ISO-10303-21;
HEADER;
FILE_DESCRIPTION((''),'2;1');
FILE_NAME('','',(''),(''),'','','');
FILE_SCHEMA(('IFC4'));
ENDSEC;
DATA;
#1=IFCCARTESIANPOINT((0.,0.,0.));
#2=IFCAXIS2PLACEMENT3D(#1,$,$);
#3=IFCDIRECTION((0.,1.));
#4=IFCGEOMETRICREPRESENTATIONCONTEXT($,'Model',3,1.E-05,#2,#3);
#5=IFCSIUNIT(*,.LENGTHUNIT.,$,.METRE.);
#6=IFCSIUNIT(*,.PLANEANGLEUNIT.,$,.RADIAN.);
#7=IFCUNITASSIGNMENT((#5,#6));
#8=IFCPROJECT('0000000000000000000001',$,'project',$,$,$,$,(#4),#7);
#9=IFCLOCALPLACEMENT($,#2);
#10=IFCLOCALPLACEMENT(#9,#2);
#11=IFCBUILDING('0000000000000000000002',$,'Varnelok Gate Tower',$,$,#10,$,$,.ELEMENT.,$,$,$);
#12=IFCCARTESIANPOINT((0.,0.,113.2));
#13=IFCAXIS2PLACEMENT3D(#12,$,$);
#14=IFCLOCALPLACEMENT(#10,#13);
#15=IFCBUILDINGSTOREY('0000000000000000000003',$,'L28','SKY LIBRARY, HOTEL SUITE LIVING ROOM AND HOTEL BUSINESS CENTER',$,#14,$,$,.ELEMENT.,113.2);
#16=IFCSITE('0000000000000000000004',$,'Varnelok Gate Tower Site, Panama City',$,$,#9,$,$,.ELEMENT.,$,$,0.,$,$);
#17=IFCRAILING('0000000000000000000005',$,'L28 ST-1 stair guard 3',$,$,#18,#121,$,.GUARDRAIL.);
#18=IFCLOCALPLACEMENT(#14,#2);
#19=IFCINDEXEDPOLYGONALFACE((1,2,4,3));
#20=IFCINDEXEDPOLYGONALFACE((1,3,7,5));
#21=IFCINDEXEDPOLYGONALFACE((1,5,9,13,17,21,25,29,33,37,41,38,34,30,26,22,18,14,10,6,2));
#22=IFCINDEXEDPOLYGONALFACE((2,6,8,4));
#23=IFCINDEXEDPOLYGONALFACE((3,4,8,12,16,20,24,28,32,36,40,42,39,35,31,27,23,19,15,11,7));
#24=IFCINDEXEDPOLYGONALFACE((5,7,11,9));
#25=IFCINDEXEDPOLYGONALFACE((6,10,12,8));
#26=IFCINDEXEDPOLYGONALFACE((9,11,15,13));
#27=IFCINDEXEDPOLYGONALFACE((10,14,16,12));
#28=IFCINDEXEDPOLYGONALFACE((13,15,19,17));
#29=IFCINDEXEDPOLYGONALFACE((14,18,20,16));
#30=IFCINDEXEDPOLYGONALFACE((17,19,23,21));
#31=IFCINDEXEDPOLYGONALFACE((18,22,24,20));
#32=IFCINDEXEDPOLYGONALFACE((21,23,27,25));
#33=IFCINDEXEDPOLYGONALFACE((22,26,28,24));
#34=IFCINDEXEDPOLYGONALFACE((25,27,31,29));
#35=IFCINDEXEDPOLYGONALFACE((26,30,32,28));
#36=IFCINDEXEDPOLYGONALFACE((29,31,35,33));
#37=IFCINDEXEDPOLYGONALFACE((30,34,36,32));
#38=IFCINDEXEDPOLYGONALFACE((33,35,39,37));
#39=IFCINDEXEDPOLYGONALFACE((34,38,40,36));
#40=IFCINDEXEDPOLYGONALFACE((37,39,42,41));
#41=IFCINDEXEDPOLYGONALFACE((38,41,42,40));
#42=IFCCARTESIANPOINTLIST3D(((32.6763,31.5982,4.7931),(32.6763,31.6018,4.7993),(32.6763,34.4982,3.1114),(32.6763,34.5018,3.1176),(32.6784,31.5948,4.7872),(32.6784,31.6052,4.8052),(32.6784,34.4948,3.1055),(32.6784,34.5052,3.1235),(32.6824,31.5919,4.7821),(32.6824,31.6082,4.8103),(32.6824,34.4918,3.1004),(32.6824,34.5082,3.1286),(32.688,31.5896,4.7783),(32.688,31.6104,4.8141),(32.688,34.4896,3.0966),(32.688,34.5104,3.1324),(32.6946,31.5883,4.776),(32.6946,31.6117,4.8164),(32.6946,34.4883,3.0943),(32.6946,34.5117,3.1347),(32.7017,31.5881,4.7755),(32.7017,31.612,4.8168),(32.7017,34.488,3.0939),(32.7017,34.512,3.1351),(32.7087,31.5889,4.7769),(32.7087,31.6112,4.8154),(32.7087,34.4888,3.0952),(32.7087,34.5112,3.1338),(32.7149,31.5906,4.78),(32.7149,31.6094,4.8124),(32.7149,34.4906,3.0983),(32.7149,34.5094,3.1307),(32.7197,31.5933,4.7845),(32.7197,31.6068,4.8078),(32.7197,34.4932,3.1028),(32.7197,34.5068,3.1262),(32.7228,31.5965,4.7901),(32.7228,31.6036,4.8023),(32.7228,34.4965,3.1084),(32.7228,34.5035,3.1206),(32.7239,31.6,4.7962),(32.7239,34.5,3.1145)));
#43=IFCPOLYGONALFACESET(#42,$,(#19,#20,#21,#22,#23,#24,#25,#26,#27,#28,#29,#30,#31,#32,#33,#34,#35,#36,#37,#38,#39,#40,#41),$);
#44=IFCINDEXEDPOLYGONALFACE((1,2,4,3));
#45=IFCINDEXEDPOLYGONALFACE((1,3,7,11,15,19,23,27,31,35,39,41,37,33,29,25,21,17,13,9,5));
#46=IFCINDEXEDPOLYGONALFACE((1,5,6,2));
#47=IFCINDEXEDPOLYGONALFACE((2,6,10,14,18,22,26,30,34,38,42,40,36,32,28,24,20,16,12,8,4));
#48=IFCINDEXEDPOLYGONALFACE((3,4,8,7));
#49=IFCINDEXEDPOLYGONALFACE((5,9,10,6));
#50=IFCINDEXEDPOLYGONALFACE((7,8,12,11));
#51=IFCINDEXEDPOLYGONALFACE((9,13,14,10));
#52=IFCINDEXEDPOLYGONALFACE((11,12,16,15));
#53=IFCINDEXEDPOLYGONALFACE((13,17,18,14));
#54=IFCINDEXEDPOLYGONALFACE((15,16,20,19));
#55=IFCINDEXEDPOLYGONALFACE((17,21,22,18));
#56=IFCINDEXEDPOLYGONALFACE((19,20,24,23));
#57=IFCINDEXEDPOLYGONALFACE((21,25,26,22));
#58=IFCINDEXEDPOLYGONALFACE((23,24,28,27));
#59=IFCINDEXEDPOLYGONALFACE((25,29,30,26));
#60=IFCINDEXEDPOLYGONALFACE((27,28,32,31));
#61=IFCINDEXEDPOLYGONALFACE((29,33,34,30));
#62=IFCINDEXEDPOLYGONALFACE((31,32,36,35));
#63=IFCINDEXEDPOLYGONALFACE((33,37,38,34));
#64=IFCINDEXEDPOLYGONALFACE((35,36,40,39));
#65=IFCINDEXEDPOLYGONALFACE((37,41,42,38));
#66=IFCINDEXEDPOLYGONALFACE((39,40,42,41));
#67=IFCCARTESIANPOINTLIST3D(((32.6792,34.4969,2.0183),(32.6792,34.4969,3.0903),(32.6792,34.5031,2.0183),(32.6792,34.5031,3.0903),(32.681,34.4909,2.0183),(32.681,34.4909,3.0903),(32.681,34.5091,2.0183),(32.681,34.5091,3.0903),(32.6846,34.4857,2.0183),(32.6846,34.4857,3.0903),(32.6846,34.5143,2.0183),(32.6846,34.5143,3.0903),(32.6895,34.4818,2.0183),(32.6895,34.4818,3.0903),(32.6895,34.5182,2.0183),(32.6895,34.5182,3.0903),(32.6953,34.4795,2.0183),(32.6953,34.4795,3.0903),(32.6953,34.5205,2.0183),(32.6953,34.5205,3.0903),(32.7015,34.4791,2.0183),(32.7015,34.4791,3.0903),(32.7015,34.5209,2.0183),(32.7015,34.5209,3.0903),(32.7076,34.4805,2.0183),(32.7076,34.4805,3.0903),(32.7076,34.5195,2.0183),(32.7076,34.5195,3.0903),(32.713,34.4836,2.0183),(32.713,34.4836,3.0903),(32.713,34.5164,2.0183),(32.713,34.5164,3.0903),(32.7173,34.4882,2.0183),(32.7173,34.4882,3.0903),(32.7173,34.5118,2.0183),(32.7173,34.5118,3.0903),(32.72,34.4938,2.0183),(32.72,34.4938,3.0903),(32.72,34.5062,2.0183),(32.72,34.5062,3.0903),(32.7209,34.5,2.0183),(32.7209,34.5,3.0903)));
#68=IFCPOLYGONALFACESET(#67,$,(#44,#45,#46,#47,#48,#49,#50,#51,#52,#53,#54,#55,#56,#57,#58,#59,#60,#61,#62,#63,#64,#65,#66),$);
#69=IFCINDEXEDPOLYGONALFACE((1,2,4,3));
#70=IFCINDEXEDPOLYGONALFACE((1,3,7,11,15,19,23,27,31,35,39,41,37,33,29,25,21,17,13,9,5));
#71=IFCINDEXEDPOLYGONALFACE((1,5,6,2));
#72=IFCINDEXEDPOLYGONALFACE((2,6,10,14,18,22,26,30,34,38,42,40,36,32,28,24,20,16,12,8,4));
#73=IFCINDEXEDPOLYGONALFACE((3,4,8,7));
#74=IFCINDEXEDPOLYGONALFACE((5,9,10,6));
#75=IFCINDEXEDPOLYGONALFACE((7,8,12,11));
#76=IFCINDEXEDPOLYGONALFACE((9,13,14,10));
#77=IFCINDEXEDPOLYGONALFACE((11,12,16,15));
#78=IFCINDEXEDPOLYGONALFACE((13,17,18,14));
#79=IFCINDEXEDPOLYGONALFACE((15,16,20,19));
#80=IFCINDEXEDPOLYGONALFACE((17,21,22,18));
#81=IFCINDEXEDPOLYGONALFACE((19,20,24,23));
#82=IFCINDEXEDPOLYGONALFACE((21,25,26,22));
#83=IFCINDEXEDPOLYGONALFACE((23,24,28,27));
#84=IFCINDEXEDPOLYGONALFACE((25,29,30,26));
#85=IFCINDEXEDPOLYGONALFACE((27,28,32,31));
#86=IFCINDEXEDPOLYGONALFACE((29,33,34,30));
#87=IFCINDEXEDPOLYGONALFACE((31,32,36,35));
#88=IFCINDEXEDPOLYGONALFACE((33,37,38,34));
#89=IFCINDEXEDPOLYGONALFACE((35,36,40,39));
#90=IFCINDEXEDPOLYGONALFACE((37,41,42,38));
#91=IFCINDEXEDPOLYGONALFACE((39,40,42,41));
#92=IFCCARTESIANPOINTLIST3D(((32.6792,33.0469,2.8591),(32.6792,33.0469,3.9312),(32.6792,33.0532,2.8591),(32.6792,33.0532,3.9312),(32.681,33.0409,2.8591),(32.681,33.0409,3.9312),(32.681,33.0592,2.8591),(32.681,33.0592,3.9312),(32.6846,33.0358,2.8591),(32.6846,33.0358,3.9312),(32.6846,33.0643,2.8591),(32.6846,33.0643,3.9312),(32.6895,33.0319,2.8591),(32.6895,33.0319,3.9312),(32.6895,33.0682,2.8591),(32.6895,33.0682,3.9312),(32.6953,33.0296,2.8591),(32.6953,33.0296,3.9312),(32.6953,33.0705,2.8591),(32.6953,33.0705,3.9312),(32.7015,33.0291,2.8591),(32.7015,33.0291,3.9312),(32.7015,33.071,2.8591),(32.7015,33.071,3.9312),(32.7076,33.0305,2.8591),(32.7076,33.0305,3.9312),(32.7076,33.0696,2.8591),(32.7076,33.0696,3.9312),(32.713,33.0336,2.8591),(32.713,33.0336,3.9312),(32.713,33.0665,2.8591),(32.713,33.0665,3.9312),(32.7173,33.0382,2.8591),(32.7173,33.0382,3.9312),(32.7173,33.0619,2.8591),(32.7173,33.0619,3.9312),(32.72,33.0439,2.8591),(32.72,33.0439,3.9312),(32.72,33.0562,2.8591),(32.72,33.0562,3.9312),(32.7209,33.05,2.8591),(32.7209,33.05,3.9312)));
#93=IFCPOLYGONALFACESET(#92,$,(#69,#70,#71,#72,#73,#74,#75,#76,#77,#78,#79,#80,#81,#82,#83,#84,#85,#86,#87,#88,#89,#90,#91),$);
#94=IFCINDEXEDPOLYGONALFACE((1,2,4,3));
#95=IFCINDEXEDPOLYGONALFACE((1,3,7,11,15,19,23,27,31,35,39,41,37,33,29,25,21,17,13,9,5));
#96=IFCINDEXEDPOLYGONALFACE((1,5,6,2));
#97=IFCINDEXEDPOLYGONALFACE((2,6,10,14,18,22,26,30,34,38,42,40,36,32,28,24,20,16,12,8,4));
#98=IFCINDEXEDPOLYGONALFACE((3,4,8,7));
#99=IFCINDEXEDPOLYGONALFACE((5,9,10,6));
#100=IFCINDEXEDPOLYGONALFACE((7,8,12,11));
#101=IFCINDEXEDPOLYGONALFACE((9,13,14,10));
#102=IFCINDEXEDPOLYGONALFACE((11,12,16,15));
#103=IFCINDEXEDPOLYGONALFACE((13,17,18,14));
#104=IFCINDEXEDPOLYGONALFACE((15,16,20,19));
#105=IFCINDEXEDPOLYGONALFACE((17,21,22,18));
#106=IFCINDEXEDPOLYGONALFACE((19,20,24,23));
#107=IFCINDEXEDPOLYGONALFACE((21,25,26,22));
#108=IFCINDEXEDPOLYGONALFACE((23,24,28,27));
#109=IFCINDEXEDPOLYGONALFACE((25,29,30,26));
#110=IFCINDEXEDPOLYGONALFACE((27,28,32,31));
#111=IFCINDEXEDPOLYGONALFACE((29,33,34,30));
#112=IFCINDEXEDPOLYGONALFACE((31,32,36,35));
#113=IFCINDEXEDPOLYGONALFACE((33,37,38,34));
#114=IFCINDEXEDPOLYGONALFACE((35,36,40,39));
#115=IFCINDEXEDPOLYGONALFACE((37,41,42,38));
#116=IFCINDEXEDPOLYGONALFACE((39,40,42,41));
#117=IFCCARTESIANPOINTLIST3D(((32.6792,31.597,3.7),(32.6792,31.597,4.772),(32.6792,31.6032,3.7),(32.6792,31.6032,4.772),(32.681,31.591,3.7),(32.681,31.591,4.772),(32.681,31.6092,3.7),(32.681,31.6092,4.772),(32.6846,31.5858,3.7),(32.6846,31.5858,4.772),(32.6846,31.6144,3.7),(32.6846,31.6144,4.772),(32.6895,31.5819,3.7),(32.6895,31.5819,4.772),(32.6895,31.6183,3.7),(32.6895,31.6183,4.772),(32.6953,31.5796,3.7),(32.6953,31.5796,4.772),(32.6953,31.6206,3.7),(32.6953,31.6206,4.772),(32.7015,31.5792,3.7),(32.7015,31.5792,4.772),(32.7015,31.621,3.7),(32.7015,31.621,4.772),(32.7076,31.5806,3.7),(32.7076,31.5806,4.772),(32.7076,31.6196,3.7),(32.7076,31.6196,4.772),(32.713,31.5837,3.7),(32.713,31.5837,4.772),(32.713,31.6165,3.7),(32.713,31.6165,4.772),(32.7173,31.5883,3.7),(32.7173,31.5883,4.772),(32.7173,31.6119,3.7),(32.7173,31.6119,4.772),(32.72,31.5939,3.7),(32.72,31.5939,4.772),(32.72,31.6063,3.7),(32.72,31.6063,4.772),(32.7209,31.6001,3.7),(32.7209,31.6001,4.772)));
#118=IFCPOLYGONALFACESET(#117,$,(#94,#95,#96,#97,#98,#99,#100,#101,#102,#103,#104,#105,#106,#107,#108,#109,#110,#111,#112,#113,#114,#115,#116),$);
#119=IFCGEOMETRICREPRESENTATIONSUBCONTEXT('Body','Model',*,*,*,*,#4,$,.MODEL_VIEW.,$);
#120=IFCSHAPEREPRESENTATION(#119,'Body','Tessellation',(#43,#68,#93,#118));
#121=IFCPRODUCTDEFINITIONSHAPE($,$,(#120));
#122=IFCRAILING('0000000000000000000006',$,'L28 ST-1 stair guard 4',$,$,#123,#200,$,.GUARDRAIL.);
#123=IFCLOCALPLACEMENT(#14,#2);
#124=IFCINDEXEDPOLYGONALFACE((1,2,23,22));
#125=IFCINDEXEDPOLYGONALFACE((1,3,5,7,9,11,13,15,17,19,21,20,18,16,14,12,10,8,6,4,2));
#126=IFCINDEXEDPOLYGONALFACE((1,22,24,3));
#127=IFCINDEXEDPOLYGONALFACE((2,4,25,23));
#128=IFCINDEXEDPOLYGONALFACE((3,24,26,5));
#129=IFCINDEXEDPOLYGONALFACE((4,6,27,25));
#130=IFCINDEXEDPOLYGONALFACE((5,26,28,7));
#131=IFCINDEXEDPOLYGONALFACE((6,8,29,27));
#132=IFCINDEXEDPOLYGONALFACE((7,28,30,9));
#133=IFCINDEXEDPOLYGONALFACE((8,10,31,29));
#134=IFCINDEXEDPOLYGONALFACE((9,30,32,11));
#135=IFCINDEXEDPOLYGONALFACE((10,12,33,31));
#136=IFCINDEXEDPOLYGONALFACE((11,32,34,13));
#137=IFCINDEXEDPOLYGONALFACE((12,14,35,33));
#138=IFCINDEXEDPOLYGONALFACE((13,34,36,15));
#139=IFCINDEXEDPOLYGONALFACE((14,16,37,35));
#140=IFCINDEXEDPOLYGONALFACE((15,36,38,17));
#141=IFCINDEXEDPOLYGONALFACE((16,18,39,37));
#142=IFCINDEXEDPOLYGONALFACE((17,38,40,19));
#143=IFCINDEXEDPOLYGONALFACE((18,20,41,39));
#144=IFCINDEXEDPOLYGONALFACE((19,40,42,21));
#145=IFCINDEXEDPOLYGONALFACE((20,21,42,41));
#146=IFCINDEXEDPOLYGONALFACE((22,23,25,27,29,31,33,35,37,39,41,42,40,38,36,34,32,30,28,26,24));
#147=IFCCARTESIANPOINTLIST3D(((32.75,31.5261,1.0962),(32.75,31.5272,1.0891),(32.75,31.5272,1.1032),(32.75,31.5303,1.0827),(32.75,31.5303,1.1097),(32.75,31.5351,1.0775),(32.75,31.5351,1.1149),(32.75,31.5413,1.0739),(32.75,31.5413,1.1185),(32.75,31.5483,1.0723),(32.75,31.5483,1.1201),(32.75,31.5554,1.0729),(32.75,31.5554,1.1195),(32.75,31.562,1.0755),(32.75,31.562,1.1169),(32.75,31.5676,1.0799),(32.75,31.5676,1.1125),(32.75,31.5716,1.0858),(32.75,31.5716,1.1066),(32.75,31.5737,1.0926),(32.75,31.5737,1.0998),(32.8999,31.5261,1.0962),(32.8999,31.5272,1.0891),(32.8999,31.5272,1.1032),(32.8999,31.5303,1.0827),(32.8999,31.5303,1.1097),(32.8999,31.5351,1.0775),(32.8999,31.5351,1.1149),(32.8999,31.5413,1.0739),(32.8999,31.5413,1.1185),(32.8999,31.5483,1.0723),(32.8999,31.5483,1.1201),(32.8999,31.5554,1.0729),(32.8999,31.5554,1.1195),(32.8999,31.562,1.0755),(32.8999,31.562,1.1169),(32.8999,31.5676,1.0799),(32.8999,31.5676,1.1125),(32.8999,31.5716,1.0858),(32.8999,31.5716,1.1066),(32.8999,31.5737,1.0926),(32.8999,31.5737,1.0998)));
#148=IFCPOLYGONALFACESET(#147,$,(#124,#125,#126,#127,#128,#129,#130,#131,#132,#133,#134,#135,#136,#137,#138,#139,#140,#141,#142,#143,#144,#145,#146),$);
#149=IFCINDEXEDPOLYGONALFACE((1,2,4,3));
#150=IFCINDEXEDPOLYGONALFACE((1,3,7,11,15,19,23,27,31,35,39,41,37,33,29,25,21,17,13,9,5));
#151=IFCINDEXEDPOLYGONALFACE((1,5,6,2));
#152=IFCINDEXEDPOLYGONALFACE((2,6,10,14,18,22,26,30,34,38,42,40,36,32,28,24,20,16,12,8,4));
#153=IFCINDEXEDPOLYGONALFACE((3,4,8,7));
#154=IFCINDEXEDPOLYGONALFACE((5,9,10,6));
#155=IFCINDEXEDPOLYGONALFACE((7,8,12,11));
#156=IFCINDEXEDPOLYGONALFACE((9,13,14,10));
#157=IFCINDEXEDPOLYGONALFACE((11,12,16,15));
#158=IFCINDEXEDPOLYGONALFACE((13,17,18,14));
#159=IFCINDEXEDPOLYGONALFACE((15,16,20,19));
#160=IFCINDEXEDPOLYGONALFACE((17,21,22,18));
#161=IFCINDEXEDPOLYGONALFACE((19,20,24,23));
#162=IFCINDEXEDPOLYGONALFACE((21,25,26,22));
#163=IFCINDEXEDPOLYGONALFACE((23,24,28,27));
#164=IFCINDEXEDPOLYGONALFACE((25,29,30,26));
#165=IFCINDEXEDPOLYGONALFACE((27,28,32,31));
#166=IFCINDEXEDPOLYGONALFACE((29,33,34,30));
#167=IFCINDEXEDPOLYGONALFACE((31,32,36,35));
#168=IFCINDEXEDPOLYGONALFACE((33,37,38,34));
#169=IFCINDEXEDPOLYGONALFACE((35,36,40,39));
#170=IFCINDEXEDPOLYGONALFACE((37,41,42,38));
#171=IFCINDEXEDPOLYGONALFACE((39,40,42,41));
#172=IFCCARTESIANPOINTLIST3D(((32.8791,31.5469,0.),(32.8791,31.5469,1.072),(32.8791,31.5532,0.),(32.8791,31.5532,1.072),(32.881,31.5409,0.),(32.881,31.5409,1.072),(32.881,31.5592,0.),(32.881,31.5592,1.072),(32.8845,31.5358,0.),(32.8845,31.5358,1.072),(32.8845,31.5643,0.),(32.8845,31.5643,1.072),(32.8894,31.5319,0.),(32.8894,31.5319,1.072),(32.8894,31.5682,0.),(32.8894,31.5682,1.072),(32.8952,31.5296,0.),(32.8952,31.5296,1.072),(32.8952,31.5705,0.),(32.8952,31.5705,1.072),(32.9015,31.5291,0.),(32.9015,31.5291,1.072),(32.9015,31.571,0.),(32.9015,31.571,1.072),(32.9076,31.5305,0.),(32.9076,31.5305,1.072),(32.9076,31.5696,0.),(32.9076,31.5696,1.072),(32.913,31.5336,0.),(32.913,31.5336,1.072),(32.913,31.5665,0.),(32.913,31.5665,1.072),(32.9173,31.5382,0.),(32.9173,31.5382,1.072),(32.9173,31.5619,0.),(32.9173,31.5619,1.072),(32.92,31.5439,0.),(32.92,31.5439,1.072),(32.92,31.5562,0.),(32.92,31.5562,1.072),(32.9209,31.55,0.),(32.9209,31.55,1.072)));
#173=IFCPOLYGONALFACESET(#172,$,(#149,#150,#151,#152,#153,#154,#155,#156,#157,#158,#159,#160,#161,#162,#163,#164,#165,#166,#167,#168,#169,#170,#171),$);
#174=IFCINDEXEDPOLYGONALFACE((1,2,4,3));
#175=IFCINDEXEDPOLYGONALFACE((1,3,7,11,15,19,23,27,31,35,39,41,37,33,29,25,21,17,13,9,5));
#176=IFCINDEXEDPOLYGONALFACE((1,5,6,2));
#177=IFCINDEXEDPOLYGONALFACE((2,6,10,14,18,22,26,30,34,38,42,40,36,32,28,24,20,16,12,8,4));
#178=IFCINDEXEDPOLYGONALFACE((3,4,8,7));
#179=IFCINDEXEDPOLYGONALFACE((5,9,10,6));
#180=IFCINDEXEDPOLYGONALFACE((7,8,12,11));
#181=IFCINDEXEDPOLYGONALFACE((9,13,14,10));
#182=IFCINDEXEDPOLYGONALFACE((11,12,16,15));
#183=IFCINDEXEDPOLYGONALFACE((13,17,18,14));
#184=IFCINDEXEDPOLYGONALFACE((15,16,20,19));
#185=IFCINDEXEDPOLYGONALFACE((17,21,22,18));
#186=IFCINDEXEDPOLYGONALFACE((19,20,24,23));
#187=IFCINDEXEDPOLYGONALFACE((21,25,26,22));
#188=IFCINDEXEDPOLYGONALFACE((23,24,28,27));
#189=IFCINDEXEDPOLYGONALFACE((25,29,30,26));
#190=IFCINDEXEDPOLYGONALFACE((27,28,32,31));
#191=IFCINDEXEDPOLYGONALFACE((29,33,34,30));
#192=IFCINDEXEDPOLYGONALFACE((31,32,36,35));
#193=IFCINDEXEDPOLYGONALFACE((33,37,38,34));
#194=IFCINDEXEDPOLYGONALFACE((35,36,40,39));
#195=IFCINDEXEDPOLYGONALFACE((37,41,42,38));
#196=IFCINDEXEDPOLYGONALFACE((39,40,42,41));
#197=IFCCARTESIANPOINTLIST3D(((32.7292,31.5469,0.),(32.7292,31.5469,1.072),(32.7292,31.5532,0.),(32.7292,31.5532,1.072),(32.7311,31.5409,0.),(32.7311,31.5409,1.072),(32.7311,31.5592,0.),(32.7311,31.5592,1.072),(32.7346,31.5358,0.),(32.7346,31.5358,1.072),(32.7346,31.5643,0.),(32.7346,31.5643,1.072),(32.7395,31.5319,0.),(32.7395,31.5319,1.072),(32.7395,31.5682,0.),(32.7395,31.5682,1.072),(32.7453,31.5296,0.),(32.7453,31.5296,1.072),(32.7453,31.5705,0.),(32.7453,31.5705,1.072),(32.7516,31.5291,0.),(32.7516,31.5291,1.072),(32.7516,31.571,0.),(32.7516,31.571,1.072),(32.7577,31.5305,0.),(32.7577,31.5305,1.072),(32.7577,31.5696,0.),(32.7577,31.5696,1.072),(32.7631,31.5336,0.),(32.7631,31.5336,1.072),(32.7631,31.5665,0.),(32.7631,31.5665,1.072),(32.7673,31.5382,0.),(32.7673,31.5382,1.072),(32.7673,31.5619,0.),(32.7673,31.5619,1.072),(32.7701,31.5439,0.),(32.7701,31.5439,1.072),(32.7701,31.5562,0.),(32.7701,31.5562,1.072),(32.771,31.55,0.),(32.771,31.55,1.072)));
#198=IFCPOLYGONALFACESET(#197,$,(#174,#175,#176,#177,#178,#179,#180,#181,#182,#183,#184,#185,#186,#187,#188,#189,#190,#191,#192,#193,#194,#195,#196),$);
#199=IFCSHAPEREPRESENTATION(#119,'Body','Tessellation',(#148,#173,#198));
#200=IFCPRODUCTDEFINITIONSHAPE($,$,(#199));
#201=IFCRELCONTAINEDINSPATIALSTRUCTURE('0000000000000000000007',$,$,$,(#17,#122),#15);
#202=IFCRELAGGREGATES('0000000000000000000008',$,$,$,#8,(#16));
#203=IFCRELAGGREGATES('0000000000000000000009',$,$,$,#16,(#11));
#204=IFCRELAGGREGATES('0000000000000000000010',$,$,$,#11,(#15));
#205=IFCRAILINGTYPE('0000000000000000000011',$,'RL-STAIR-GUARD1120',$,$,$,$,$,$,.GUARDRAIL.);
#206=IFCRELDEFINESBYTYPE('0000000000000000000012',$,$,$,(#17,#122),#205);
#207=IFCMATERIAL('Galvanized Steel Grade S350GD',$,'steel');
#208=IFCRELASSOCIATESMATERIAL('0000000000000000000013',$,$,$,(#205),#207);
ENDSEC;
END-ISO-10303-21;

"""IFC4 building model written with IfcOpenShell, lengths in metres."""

from ifc_helpers import new_model, si_unit, direction, frame, origin, origin_2d, place, context, subcontext, project, spatial, circle, extrude, material, type_object, element, save


model = new_model("IFC4")

# Units and contexts
model_context = context("Model", 3, precision=1e-05, world=origin(), true_north=direction((0.0, 1.0)))
body_context = subcontext(model_context, "Body", "Model", "MODEL_VIEW")
ifc_project = project(units=[si_unit("LENGTHUNIT", "METRE"), si_unit("PLANEANGLEUNIT", "RADIAN")], contexts=[model_context])

# Site, building, storey
site_placement = place(None, origin())
site = spatial("IfcSite", under=ifc_project, at=site_placement, Name="Varnelok Gate Tower Site, Panama City", CompositionType="ELEMENT", RefElevation=0.0)
building_placement = place(site_placement, origin())
building = spatial("IfcBuilding", under=site, at=building_placement, Name="Varnelok Gate Tower", CompositionType="ELEMENT")
storey_placement = place(building_placement, frame((0.0, 0.0, 113.2)))
storey = spatial("IfcBuildingStorey", under=building, at=storey_placement, Name="L28", Description="SKY LIBRARY, HOTEL SUITE LIVING ROOM AND HOTEL BUSINESS CENTER", CompositionType="ELEMENT", Elevation=113.2)

# Shared definitions
ifc_material_1 = material(Name="Galvanized Steel Grade S350GD", Category="steel")

# Railings
railing_type_1 = type_object("IfcRailingType", Name="RL-STAIR-GUARD1120", PredefinedType="GUARDRAIL", material=ifc_material_1)
railing_1_placement = place(storey_placement, frame((32.7, 34.5, 2.0183)))
element("IfcRailing", 1, at=railing_1_placement, inside=storey, type_object=railing_type_1, Name="L28 ST-1 stair guard 3", PredefinedType="GUARDRAIL", context=body_context, shape_type="SweptSolid", body=[
    extrude(circle(Radius=0.0239, at=origin_2d()), frame((0.0, 0.0, 1.0962), z_axis=(0.0, -0.86507, 0.501651), x_axis=(1.0, 0.0, 0.0)), (0.0, 0.0, 1.0), 3.3523),
    extrude(circle(Radius=0.021, at=origin_2d()), origin(), (0.0, 0.0, 1.0), 1.072),
    extrude(circle(Radius=0.021, at=origin_2d()), frame((0.0, -1.45, 0.8408)), (0.0, 0.0, 1.0), 1.072),
    extrude(circle(Radius=0.021, at=origin_2d()), frame((0.0, -2.8999, 1.6816)), (0.0, 0.0, 1.0), 1.072),
])
railing_2_placement = place(storey_placement, frame((32.8999, 31.55, 0.0)))
element("IfcRailing", 2, at=railing_2_placement, inside=storey, type_object=railing_type_1, Name="L28 ST-1 stair guard 4", PredefinedType="GUARDRAIL", context=body_context, shape_type="SweptSolid", body=[
    extrude(circle(Radius=0.0239, at=origin_2d()), frame((0.0, 0.0, 1.0962), z_axis=(-1.0, 0.0, 0.0), x_axis=(0.0, -1.0, 0.0)), (0.0, 0.0, 1.0), 0.1499),
    extrude(circle(Radius=0.021, at=origin_2d()), origin(), (0.0, 0.0, 1.0), 1.072),
    extrude(circle(Radius=0.021, at=origin_2d()), frame((-0.1499, 0.0, 0.0)), (0.0, 0.0, 1.0), 1.072),
])

save(model, "model.ifc")
